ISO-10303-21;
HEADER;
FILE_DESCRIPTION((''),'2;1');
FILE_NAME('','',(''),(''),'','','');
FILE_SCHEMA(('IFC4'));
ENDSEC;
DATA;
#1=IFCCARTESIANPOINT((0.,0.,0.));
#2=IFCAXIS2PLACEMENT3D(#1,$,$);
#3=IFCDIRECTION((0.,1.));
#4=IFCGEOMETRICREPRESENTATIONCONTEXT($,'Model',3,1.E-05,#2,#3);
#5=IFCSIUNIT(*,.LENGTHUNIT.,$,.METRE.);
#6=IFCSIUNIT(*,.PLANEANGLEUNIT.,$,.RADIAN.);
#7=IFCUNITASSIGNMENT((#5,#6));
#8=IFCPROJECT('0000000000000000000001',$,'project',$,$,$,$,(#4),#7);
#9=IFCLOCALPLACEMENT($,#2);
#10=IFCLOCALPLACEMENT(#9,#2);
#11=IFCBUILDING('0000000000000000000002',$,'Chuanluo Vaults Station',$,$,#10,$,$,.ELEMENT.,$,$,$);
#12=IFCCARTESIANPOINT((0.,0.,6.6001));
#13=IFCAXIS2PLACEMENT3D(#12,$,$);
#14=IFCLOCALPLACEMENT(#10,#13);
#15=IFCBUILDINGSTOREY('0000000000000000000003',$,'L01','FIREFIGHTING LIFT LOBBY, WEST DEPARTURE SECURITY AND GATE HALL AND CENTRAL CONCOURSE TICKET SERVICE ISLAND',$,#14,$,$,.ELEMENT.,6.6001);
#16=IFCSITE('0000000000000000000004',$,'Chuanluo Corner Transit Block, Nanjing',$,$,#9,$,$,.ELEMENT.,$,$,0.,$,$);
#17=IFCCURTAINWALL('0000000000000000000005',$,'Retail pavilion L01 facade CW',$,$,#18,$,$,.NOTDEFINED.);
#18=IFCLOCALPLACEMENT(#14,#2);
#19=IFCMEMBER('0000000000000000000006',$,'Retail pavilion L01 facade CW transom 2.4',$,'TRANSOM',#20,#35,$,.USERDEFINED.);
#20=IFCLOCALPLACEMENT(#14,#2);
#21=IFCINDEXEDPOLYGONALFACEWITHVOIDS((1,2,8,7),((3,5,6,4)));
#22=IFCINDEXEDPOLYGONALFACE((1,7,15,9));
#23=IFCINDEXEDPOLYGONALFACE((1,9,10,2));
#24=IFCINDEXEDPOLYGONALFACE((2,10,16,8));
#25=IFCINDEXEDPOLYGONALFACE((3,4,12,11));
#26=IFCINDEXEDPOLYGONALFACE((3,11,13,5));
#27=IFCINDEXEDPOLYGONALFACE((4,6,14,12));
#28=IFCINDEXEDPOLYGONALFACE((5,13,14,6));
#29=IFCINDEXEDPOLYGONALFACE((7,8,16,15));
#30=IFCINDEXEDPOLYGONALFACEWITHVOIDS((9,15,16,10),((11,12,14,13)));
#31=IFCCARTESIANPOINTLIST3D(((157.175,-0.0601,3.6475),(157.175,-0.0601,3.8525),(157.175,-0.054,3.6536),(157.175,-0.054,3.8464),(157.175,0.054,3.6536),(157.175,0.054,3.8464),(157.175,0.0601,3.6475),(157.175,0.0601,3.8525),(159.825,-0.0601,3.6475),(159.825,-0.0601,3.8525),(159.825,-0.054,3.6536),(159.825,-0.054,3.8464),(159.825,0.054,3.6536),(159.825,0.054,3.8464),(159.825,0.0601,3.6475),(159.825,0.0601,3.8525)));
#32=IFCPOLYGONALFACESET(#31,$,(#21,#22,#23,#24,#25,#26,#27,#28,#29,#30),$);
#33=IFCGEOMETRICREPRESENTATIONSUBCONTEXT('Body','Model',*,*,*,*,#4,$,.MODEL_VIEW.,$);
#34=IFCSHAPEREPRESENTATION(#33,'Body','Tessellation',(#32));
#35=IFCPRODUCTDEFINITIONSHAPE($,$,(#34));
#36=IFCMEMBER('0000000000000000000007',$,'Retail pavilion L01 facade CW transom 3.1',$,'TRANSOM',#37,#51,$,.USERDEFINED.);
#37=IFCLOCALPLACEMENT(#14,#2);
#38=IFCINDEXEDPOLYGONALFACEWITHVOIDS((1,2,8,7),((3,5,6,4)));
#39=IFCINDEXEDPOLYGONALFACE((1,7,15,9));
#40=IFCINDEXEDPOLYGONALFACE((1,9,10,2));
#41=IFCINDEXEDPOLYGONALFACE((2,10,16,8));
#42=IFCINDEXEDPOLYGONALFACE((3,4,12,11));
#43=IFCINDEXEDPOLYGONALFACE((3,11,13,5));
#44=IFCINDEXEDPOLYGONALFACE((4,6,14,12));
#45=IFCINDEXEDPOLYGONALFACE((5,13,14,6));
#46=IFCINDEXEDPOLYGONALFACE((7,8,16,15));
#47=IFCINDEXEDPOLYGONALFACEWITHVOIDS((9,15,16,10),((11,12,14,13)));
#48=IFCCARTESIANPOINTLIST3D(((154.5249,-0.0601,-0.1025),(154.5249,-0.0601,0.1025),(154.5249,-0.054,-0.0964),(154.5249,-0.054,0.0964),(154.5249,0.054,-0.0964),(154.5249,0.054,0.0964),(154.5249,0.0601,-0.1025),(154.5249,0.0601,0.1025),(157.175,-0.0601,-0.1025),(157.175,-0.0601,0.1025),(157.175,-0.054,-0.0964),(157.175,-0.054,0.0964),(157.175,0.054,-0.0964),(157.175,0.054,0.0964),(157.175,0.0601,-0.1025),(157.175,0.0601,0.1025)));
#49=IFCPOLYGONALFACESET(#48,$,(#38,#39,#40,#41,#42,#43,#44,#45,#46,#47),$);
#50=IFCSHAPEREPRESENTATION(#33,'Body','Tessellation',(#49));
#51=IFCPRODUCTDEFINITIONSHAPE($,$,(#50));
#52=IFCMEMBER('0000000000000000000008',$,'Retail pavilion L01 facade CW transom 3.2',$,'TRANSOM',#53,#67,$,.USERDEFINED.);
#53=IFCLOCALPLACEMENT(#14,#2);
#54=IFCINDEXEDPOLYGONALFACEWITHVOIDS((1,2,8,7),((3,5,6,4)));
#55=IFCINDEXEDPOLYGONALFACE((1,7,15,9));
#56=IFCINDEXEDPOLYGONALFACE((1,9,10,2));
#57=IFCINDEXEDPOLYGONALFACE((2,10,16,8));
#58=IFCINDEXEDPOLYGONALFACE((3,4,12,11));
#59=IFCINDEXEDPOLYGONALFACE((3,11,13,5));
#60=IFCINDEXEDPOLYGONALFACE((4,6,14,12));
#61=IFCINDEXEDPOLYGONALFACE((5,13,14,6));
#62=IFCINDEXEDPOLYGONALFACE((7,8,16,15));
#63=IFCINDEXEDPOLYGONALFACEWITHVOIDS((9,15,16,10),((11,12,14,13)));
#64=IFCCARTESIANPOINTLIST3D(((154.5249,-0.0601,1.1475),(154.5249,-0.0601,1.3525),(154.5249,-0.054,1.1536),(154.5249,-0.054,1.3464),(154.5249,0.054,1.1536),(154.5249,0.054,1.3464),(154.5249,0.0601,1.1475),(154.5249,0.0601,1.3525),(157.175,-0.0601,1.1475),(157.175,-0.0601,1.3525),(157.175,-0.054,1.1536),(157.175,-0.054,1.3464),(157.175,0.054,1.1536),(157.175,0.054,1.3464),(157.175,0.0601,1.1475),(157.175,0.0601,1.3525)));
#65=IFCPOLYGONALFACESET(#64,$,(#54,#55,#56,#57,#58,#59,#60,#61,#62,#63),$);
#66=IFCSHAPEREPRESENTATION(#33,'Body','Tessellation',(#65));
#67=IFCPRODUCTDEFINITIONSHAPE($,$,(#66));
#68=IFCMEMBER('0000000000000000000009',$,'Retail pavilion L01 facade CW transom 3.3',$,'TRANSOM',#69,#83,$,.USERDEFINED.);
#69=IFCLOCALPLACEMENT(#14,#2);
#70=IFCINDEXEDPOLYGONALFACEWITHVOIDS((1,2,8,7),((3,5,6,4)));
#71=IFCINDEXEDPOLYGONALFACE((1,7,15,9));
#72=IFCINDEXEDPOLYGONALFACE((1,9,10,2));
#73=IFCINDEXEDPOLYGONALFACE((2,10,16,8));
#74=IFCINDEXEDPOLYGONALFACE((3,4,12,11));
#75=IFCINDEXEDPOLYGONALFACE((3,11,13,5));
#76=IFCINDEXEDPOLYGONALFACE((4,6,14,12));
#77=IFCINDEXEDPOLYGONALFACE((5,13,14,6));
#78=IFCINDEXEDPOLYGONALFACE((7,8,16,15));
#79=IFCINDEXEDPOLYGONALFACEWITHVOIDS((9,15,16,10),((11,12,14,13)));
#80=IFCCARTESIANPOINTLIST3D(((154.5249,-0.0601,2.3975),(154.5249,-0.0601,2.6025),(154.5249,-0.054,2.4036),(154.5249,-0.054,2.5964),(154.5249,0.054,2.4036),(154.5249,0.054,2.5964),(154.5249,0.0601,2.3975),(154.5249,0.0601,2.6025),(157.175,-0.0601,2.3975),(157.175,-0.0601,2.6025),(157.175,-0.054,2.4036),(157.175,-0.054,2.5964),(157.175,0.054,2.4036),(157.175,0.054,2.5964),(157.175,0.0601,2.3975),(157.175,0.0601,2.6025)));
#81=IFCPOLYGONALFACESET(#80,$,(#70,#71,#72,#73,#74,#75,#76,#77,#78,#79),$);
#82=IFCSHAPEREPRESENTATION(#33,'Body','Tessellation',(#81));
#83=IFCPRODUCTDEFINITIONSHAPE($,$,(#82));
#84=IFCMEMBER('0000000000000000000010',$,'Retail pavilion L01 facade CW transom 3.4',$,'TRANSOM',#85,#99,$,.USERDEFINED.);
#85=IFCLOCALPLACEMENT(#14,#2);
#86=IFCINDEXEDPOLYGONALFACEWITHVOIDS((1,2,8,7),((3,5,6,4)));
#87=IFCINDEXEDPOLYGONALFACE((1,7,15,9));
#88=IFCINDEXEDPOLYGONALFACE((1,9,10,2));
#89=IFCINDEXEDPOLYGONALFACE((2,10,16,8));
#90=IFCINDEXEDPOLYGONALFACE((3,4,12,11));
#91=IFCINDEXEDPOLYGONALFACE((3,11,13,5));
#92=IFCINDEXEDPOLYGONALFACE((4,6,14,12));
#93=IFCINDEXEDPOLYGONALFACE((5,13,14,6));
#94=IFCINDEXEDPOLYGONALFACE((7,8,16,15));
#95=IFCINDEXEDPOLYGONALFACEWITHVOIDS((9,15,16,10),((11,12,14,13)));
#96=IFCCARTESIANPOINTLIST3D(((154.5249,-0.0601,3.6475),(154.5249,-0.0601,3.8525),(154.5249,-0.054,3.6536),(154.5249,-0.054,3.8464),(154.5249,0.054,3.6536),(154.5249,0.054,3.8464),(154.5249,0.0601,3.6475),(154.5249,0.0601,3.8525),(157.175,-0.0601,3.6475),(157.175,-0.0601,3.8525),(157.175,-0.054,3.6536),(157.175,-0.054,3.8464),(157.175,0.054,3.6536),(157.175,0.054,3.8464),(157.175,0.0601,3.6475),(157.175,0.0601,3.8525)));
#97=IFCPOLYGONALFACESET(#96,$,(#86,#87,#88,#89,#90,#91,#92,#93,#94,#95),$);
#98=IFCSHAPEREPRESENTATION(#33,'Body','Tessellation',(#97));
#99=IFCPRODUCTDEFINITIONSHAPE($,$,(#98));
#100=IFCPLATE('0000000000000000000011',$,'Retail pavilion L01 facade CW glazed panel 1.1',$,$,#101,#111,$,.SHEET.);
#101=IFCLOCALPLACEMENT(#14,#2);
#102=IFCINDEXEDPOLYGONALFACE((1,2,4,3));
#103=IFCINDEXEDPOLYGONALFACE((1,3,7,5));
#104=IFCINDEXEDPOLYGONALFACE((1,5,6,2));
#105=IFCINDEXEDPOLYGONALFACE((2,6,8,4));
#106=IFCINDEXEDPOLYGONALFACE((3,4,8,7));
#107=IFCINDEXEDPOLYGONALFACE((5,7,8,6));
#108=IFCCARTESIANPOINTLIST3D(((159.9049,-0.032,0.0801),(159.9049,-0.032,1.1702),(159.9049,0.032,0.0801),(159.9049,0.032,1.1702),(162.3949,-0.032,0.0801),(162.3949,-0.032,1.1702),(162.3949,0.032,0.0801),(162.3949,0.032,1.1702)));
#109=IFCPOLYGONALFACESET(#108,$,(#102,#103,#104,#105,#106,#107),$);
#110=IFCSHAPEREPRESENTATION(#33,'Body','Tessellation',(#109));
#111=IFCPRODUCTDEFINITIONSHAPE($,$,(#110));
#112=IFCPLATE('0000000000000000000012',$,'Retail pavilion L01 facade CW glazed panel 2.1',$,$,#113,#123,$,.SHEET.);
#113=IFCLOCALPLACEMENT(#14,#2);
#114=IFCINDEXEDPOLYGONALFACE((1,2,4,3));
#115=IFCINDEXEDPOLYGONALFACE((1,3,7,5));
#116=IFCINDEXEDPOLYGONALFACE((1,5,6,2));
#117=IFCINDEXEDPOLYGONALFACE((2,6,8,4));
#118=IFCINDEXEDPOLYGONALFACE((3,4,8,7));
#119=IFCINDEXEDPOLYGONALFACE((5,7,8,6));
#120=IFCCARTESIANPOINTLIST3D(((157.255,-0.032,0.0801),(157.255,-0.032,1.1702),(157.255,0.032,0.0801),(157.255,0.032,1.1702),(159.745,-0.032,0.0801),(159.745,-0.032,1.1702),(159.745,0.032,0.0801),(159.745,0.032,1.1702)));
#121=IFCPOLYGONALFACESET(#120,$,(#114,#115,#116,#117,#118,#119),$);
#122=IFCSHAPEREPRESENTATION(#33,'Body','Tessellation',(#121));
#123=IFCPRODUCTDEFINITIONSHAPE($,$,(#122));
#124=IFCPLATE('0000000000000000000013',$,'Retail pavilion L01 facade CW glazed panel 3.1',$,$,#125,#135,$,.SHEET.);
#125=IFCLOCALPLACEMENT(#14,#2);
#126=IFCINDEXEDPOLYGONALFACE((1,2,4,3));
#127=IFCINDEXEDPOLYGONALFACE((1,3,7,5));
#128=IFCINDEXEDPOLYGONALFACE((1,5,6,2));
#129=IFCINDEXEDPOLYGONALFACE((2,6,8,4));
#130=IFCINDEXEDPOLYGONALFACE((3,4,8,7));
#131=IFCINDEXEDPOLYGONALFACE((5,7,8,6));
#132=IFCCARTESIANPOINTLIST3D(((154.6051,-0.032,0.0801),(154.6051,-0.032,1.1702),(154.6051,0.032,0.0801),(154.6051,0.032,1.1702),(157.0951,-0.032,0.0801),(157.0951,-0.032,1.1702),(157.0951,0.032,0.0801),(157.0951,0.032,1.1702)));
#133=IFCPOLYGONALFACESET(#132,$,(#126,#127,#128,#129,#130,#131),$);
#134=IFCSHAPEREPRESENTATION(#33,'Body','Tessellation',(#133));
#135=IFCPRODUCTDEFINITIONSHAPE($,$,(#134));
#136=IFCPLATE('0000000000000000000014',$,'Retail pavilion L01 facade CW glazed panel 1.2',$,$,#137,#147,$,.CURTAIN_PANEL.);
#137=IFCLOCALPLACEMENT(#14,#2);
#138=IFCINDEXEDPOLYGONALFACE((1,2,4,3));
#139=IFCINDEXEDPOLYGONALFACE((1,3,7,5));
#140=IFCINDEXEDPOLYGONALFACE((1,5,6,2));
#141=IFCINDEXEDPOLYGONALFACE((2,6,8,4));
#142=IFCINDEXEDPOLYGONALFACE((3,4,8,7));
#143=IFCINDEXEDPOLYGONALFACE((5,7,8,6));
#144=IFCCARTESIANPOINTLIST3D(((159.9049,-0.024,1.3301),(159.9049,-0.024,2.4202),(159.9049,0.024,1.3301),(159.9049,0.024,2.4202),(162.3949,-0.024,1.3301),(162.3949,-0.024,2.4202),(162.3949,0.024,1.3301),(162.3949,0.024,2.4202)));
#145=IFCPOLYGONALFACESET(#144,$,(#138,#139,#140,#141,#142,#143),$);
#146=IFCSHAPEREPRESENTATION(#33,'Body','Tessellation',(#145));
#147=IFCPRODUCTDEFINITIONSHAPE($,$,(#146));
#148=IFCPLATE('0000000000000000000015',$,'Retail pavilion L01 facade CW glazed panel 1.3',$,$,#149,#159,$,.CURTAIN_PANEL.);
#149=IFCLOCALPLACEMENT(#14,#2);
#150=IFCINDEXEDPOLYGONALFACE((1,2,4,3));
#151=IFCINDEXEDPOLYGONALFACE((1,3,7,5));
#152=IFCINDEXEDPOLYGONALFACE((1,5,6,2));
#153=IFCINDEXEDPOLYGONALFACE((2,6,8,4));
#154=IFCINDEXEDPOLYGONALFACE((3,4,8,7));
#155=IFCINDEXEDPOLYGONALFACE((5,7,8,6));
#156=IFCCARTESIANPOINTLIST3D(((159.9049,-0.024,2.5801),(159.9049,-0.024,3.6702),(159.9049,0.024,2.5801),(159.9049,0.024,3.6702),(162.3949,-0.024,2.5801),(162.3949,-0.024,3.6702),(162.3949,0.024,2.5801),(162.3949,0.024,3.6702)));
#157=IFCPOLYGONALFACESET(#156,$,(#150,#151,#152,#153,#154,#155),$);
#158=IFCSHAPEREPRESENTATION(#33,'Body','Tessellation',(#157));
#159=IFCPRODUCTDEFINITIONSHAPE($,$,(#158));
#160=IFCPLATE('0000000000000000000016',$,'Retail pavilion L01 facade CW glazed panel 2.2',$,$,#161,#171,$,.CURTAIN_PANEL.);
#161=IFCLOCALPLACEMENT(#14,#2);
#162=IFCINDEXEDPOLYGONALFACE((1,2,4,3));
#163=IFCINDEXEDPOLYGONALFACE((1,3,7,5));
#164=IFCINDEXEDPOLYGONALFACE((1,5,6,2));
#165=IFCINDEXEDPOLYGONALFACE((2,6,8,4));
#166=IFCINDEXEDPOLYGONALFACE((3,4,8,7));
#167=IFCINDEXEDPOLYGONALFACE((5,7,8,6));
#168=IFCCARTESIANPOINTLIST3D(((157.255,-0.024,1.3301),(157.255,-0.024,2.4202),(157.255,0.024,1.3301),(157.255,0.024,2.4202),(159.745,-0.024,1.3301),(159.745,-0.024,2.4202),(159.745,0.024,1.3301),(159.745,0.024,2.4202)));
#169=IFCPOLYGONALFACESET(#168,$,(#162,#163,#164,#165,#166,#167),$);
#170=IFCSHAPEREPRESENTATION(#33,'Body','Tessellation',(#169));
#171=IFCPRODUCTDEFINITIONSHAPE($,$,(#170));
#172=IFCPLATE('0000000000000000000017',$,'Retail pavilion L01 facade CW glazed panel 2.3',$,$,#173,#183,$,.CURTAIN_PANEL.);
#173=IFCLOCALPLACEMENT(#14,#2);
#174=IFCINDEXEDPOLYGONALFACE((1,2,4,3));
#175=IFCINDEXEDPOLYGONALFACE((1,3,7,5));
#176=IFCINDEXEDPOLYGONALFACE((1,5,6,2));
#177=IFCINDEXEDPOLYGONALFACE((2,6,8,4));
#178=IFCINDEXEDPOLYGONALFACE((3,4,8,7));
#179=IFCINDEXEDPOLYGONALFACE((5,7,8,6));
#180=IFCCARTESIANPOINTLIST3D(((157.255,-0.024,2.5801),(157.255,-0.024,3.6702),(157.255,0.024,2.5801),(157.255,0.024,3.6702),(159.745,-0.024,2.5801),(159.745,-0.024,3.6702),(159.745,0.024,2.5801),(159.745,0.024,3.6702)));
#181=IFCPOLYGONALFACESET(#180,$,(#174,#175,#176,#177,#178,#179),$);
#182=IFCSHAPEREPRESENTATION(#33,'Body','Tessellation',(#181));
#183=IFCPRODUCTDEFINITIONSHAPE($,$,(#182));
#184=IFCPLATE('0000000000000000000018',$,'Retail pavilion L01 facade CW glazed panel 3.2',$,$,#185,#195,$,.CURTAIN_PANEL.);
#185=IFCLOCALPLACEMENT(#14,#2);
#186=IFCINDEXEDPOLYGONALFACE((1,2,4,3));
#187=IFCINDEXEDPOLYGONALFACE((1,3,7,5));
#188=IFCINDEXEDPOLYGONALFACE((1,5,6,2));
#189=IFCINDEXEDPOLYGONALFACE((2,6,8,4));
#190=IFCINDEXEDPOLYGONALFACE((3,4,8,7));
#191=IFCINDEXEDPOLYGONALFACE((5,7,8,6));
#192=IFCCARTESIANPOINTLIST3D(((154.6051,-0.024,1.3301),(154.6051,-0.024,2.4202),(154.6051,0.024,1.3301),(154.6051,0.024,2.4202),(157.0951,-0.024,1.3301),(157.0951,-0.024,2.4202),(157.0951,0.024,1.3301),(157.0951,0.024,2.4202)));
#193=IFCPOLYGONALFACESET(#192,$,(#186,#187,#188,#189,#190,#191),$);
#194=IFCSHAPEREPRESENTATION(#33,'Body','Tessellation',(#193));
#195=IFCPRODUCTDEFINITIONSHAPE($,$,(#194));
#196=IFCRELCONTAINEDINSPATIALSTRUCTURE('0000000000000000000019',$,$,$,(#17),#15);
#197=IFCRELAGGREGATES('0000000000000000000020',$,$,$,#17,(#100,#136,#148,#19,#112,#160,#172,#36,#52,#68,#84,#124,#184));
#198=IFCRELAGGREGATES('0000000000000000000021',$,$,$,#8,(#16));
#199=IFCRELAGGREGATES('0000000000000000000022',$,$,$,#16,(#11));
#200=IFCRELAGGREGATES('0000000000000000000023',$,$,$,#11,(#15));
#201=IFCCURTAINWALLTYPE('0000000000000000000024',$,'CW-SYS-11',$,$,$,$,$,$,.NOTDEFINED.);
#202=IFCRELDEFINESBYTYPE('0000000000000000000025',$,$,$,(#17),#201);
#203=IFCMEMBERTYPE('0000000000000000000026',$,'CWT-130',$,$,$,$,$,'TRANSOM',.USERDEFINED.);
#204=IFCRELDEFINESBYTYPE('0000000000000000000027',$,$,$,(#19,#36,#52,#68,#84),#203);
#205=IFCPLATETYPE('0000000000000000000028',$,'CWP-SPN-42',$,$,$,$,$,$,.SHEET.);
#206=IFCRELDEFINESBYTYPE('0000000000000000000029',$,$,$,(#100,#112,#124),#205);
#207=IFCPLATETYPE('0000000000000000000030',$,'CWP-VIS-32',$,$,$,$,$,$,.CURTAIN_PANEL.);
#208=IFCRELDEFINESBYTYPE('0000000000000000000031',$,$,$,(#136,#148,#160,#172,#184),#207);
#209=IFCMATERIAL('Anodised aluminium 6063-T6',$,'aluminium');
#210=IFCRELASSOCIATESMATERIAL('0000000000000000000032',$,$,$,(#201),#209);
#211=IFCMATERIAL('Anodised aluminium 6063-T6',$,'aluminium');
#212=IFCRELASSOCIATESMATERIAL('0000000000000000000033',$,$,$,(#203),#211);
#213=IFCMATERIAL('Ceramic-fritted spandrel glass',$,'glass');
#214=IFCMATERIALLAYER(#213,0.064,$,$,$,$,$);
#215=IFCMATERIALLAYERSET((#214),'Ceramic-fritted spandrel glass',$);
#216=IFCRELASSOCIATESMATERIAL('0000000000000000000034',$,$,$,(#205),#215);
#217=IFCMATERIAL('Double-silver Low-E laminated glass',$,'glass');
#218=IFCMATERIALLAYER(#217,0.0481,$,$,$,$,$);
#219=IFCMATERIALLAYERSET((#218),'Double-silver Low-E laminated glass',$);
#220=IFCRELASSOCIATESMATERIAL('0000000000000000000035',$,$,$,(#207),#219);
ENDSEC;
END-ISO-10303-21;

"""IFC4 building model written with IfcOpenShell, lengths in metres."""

from ifc_helpers import new_model, si_unit, direction, frame, origin, origin_2d, place, context, subcontext, project, spatial, rectangle, hollow_rectangle, extrude, material, layer, layer_set, material_profile, profile_set, type_object, element, aggregate, save


model = new_model("IFC4")

# Units and contexts
model_context = context("Model", 3, precision=1e-05, world=origin(), true_north=direction((0.0, 1.0)))
body_context = subcontext(model_context, "Body", "Model", "MODEL_VIEW")
ifc_project = project(units=[si_unit("LENGTHUNIT", "METRE"), si_unit("PLANEANGLEUNIT", "RADIAN")], contexts=[model_context])

# Site, building, storey
site_placement = place(None, origin())
site = spatial("IfcSite", under=ifc_project, at=site_placement, Name="Chuanluo Corner Transit Block, Nanjing", CompositionType="ELEMENT", RefElevation=0.0)
building_placement = place(site_placement, origin())
building = spatial("IfcBuilding", under=site, at=building_placement, Name="Chuanluo Vaults Station", CompositionType="ELEMENT")
storey_placement = place(building_placement, frame((0.0, 0.0, 6.6001)))
storey = spatial("IfcBuildingStorey", under=building, at=storey_placement, Name="L01", Description="FIREFIGHTING LIFT LOBBY, WEST DEPARTURE SECURITY AND GATE HALL AND CENTRAL CONCOURSE TICKET SERVICE ISLAND", CompositionType="ELEMENT", Elevation=6.6001)

# Curtain wall, members, plates
ifc_material_1 = material(Name="Anodised aluminium 6063-T6", Category="aluminium")
curtain_wall_type = type_object("IfcCurtainWallType", Name="CW-SYS-11", PredefinedType="NOTDEFINED", material=ifc_material_1)
curtain_wall_placement = place(storey_placement, origin())
curtain_wall = element("IfcCurtainWall", 1, at=curtain_wall_placement, inside=storey, type_object=curtain_wall_type, Name="Retail pavilion L01 facade CW", PredefinedType="NOTDEFINED")
ifc_material_2 = material(Name="Anodised aluminium 6063-T6", Category="aluminium")
ifc_material_profile_1 = material_profile(ifc_material_2, hollow_rectangle(XDim=0.1201, YDim=0.2051, WallThickness=0.0061, at=origin_2d()))
ifc_profile_set_1 = profile_set([ifc_material_profile_1], Name="Anodised aluminium 6063-T6")
member_type_1 = type_object("IfcMemberType", Name="CWT-130", ElementType="TRANSOM", PredefinedType="USERDEFINED", material=ifc_profile_set_1)
member_1_placement = place(storey_placement, frame((159.825, 0.0, 3.75), z_axis=(-1.0, 0.0, 0.0), x_axis=(0.0, -1.0, 0.0)))
member_1 = element("IfcMember", 2, at=member_1_placement, type_object=member_type_1, Name="Retail pavilion L01 facade CW transom 2.4", ObjectType="TRANSOM", PredefinedType="USERDEFINED", context=body_context, shape_type="SweptSolid", body=[
    extrude(hollow_rectangle(XDim=0.1201, YDim=0.2051, WallThickness=0.0061, at=origin_2d()), origin(), (0.0, 0.0, 1.0), 2.6499),
])
member_2_placement = place(storey_placement, frame((157.175, 0.0, 0.0), z_axis=(-1.0, 0.0, 0.0), x_axis=(0.0, -1.0, 0.0)))
member_2 = element("IfcMember", 3, at=member_2_placement, type_object=member_type_1, Name="Retail pavilion L01 facade CW transom 3.1", ObjectType="TRANSOM", PredefinedType="USERDEFINED", context=body_context, shape_type="SweptSolid", body=[
    extrude(hollow_rectangle(XDim=0.1201, YDim=0.2051, WallThickness=0.0061, at=origin_2d()), origin(), (0.0, 0.0, 1.0), 2.6501),
])
member_3_placement = place(storey_placement, frame((157.175, 0.0, 1.25), z_axis=(-1.0, 0.0, 0.0), x_axis=(0.0, -1.0, 0.0)))
member_3 = element("IfcMember", 4, at=member_3_placement, type_object=member_type_1, Name="Retail pavilion L01 facade CW transom 3.2", ObjectType="TRANSOM", PredefinedType="USERDEFINED", context=body_context, shape_type="SweptSolid", body=[
    extrude(hollow_rectangle(XDim=0.1201, YDim=0.2051, WallThickness=0.0061, at=origin_2d()), origin(), (0.0, 0.0, 1.0), 2.6501),
])
member_4_placement = place(storey_placement, frame((157.175, 0.0, 2.5), z_axis=(-1.0, 0.0, 0.0), x_axis=(0.0, -1.0, 0.0)))
member_4 = element("IfcMember", 5, at=member_4_placement, type_object=member_type_1, Name="Retail pavilion L01 facade CW transom 3.3", ObjectType="TRANSOM", PredefinedType="USERDEFINED", context=body_context, shape_type="SweptSolid", body=[
    extrude(hollow_rectangle(XDim=0.1201, YDim=0.2051, WallThickness=0.0061, at=origin_2d()), origin(), (0.0, 0.0, 1.0), 2.6501),
])
member_5_placement = place(storey_placement, frame((157.175, 0.0, 3.75), z_axis=(-1.0, 0.0, 0.0), x_axis=(0.0, -1.0, 0.0)))
member_5 = element("IfcMember", 6, at=member_5_placement, type_object=member_type_1, Name="Retail pavilion L01 facade CW transom 3.4", ObjectType="TRANSOM", PredefinedType="USERDEFINED", context=body_context, shape_type="SweptSolid", body=[
    extrude(hollow_rectangle(XDim=0.1201, YDim=0.2051, WallThickness=0.0061, at=origin_2d()), origin(), (0.0, 0.0, 1.0), 2.6501),
])
ifc_material_3 = material(Name="Ceramic-fritted spandrel glass", Category="glass")
ifc_layer_1 = layer(ifc_material_3, 0.064)
ifc_layer_set_1 = layer_set([ifc_layer_1], Name="Ceramic-fritted spandrel glass")
plate_type_1 = type_object("IfcPlateType", Name="CWP-SPN-42", PredefinedType="SHEET", material=ifc_layer_set_1)
plate_1_placement = place(storey_placement, frame((161.1499, 0.0, 0.0801), z_axis=(0.0, 0.0, 1.0), x_axis=(-1.0, 0.0, 0.0)))
plate_1 = element("IfcPlate", 7, at=plate_1_placement, type_object=plate_type_1, Name="Retail pavilion L01 facade CW glazed panel 1.1", PredefinedType="SHEET", context=body_context, shape_type="SweptSolid", body=[
    extrude(rectangle(XDim=2.49, YDim=0.064, at=origin_2d()), origin(), (0.0, 0.0, 1.0), 1.0901),
])
plate_2_placement = place(storey_placement, frame((158.5, 0.0, 0.0801), z_axis=(0.0, 0.0, 1.0), x_axis=(-1.0, 0.0, 0.0)))
plate_2 = element("IfcPlate", 8, at=plate_2_placement, type_object=plate_type_1, Name="Retail pavilion L01 facade CW glazed panel 2.1", PredefinedType="SHEET", context=body_context, shape_type="SweptSolid", body=[
    extrude(rectangle(XDim=2.49, YDim=0.064, at=origin_2d()), origin(), (0.0, 0.0, 1.0), 1.0901),
])
plate_3_placement = place(storey_placement, frame((155.8501, 0.0, 0.0801), z_axis=(0.0, 0.0, 1.0), x_axis=(-1.0, 0.0, 0.0)))
plate_3 = element("IfcPlate", 9, at=plate_3_placement, type_object=plate_type_1, Name="Retail pavilion L01 facade CW glazed panel 3.1", PredefinedType="SHEET", context=body_context, shape_type="SweptSolid", body=[
    extrude(rectangle(XDim=2.49, YDim=0.064, at=origin_2d()), origin(), (0.0, 0.0, 1.0), 1.0901),
])
ifc_material_4 = material(Name="Double-silver Low-E laminated glass", Category="glass")
ifc_layer_2 = layer(ifc_material_4, 0.0481)
ifc_layer_set_2 = layer_set([ifc_layer_2], Name="Double-silver Low-E laminated glass")
plate_type_2 = type_object("IfcPlateType", Name="CWP-VIS-32", PredefinedType="CURTAIN_PANEL", material=ifc_layer_set_2)
plate_4_placement = place(storey_placement, frame((161.1499, 0.0, 1.3301), z_axis=(0.0, 0.0, 1.0), x_axis=(-1.0, 0.0, 0.0)))
plate_4 = element("IfcPlate", 10, at=plate_4_placement, type_object=plate_type_2, Name="Retail pavilion L01 facade CW glazed panel 1.2", PredefinedType="CURTAIN_PANEL", context=body_context, shape_type="SweptSolid", body=[
    extrude(rectangle(XDim=2.49, YDim=0.0481, at=origin_2d()), origin(), (0.0, 0.0, 1.0), 1.0901),
])
plate_5_placement = place(storey_placement, frame((161.1499, 0.0, 2.5801), z_axis=(0.0, 0.0, 1.0), x_axis=(-1.0, 0.0, 0.0)))
plate_5 = element("IfcPlate", 11, at=plate_5_placement, type_object=plate_type_2, Name="Retail pavilion L01 facade CW glazed panel 1.3", PredefinedType="CURTAIN_PANEL", context=body_context, shape_type="SweptSolid", body=[
    extrude(rectangle(XDim=2.49, YDim=0.0481, at=origin_2d()), origin(), (0.0, 0.0, 1.0), 1.0901),
])
plate_6_placement = place(storey_placement, frame((158.5, 0.0, 1.3301), z_axis=(0.0, 0.0, 1.0), x_axis=(-1.0, 0.0, 0.0)))
plate_6 = element("IfcPlate", 12, at=plate_6_placement, type_object=plate_type_2, Name="Retail pavilion L01 facade CW glazed panel 2.2", PredefinedType="CURTAIN_PANEL", context=body_context, shape_type="SweptSolid", body=[
    extrude(rectangle(XDim=2.49, YDim=0.0481, at=origin_2d()), origin(), (0.0, 0.0, 1.0), 1.0901),
])
plate_7_placement = place(storey_placement, frame((158.5, 0.0, 2.5801), z_axis=(0.0, 0.0, 1.0), x_axis=(-1.0, 0.0, 0.0)))
plate_7 = element("IfcPlate", 13, at=plate_7_placement, type_object=plate_type_2, Name="Retail pavilion L01 facade CW glazed panel 2.3", PredefinedType="CURTAIN_PANEL", context=body_context, shape_type="SweptSolid", body=[
    extrude(rectangle(XDim=2.49, YDim=0.0481, at=origin_2d()), origin(), (0.0, 0.0, 1.0), 1.0901),
])
plate_8_placement = place(storey_placement, frame((155.8501, 0.0, 1.3301), z_axis=(0.0, 0.0, 1.0), x_axis=(-1.0, 0.0, 0.0)))
plate_8 = element("IfcPlate", 14, at=plate_8_placement, type_object=plate_type_2, Name="Retail pavilion L01 facade CW glazed panel 3.2", PredefinedType="CURTAIN_PANEL", context=body_context, shape_type="SweptSolid", body=[
    extrude(rectangle(XDim=2.49, YDim=0.0481, at=origin_2d()), origin(), (0.0, 0.0, 1.0), 1.0901),
])
aggregate(curtain_wall, [plate_1, plate_4, plate_5, member_1, plate_2, plate_6, plate_7, member_2, member_3, member_4, member_5, plate_3, plate_8])

save(model, "model.ifc")
